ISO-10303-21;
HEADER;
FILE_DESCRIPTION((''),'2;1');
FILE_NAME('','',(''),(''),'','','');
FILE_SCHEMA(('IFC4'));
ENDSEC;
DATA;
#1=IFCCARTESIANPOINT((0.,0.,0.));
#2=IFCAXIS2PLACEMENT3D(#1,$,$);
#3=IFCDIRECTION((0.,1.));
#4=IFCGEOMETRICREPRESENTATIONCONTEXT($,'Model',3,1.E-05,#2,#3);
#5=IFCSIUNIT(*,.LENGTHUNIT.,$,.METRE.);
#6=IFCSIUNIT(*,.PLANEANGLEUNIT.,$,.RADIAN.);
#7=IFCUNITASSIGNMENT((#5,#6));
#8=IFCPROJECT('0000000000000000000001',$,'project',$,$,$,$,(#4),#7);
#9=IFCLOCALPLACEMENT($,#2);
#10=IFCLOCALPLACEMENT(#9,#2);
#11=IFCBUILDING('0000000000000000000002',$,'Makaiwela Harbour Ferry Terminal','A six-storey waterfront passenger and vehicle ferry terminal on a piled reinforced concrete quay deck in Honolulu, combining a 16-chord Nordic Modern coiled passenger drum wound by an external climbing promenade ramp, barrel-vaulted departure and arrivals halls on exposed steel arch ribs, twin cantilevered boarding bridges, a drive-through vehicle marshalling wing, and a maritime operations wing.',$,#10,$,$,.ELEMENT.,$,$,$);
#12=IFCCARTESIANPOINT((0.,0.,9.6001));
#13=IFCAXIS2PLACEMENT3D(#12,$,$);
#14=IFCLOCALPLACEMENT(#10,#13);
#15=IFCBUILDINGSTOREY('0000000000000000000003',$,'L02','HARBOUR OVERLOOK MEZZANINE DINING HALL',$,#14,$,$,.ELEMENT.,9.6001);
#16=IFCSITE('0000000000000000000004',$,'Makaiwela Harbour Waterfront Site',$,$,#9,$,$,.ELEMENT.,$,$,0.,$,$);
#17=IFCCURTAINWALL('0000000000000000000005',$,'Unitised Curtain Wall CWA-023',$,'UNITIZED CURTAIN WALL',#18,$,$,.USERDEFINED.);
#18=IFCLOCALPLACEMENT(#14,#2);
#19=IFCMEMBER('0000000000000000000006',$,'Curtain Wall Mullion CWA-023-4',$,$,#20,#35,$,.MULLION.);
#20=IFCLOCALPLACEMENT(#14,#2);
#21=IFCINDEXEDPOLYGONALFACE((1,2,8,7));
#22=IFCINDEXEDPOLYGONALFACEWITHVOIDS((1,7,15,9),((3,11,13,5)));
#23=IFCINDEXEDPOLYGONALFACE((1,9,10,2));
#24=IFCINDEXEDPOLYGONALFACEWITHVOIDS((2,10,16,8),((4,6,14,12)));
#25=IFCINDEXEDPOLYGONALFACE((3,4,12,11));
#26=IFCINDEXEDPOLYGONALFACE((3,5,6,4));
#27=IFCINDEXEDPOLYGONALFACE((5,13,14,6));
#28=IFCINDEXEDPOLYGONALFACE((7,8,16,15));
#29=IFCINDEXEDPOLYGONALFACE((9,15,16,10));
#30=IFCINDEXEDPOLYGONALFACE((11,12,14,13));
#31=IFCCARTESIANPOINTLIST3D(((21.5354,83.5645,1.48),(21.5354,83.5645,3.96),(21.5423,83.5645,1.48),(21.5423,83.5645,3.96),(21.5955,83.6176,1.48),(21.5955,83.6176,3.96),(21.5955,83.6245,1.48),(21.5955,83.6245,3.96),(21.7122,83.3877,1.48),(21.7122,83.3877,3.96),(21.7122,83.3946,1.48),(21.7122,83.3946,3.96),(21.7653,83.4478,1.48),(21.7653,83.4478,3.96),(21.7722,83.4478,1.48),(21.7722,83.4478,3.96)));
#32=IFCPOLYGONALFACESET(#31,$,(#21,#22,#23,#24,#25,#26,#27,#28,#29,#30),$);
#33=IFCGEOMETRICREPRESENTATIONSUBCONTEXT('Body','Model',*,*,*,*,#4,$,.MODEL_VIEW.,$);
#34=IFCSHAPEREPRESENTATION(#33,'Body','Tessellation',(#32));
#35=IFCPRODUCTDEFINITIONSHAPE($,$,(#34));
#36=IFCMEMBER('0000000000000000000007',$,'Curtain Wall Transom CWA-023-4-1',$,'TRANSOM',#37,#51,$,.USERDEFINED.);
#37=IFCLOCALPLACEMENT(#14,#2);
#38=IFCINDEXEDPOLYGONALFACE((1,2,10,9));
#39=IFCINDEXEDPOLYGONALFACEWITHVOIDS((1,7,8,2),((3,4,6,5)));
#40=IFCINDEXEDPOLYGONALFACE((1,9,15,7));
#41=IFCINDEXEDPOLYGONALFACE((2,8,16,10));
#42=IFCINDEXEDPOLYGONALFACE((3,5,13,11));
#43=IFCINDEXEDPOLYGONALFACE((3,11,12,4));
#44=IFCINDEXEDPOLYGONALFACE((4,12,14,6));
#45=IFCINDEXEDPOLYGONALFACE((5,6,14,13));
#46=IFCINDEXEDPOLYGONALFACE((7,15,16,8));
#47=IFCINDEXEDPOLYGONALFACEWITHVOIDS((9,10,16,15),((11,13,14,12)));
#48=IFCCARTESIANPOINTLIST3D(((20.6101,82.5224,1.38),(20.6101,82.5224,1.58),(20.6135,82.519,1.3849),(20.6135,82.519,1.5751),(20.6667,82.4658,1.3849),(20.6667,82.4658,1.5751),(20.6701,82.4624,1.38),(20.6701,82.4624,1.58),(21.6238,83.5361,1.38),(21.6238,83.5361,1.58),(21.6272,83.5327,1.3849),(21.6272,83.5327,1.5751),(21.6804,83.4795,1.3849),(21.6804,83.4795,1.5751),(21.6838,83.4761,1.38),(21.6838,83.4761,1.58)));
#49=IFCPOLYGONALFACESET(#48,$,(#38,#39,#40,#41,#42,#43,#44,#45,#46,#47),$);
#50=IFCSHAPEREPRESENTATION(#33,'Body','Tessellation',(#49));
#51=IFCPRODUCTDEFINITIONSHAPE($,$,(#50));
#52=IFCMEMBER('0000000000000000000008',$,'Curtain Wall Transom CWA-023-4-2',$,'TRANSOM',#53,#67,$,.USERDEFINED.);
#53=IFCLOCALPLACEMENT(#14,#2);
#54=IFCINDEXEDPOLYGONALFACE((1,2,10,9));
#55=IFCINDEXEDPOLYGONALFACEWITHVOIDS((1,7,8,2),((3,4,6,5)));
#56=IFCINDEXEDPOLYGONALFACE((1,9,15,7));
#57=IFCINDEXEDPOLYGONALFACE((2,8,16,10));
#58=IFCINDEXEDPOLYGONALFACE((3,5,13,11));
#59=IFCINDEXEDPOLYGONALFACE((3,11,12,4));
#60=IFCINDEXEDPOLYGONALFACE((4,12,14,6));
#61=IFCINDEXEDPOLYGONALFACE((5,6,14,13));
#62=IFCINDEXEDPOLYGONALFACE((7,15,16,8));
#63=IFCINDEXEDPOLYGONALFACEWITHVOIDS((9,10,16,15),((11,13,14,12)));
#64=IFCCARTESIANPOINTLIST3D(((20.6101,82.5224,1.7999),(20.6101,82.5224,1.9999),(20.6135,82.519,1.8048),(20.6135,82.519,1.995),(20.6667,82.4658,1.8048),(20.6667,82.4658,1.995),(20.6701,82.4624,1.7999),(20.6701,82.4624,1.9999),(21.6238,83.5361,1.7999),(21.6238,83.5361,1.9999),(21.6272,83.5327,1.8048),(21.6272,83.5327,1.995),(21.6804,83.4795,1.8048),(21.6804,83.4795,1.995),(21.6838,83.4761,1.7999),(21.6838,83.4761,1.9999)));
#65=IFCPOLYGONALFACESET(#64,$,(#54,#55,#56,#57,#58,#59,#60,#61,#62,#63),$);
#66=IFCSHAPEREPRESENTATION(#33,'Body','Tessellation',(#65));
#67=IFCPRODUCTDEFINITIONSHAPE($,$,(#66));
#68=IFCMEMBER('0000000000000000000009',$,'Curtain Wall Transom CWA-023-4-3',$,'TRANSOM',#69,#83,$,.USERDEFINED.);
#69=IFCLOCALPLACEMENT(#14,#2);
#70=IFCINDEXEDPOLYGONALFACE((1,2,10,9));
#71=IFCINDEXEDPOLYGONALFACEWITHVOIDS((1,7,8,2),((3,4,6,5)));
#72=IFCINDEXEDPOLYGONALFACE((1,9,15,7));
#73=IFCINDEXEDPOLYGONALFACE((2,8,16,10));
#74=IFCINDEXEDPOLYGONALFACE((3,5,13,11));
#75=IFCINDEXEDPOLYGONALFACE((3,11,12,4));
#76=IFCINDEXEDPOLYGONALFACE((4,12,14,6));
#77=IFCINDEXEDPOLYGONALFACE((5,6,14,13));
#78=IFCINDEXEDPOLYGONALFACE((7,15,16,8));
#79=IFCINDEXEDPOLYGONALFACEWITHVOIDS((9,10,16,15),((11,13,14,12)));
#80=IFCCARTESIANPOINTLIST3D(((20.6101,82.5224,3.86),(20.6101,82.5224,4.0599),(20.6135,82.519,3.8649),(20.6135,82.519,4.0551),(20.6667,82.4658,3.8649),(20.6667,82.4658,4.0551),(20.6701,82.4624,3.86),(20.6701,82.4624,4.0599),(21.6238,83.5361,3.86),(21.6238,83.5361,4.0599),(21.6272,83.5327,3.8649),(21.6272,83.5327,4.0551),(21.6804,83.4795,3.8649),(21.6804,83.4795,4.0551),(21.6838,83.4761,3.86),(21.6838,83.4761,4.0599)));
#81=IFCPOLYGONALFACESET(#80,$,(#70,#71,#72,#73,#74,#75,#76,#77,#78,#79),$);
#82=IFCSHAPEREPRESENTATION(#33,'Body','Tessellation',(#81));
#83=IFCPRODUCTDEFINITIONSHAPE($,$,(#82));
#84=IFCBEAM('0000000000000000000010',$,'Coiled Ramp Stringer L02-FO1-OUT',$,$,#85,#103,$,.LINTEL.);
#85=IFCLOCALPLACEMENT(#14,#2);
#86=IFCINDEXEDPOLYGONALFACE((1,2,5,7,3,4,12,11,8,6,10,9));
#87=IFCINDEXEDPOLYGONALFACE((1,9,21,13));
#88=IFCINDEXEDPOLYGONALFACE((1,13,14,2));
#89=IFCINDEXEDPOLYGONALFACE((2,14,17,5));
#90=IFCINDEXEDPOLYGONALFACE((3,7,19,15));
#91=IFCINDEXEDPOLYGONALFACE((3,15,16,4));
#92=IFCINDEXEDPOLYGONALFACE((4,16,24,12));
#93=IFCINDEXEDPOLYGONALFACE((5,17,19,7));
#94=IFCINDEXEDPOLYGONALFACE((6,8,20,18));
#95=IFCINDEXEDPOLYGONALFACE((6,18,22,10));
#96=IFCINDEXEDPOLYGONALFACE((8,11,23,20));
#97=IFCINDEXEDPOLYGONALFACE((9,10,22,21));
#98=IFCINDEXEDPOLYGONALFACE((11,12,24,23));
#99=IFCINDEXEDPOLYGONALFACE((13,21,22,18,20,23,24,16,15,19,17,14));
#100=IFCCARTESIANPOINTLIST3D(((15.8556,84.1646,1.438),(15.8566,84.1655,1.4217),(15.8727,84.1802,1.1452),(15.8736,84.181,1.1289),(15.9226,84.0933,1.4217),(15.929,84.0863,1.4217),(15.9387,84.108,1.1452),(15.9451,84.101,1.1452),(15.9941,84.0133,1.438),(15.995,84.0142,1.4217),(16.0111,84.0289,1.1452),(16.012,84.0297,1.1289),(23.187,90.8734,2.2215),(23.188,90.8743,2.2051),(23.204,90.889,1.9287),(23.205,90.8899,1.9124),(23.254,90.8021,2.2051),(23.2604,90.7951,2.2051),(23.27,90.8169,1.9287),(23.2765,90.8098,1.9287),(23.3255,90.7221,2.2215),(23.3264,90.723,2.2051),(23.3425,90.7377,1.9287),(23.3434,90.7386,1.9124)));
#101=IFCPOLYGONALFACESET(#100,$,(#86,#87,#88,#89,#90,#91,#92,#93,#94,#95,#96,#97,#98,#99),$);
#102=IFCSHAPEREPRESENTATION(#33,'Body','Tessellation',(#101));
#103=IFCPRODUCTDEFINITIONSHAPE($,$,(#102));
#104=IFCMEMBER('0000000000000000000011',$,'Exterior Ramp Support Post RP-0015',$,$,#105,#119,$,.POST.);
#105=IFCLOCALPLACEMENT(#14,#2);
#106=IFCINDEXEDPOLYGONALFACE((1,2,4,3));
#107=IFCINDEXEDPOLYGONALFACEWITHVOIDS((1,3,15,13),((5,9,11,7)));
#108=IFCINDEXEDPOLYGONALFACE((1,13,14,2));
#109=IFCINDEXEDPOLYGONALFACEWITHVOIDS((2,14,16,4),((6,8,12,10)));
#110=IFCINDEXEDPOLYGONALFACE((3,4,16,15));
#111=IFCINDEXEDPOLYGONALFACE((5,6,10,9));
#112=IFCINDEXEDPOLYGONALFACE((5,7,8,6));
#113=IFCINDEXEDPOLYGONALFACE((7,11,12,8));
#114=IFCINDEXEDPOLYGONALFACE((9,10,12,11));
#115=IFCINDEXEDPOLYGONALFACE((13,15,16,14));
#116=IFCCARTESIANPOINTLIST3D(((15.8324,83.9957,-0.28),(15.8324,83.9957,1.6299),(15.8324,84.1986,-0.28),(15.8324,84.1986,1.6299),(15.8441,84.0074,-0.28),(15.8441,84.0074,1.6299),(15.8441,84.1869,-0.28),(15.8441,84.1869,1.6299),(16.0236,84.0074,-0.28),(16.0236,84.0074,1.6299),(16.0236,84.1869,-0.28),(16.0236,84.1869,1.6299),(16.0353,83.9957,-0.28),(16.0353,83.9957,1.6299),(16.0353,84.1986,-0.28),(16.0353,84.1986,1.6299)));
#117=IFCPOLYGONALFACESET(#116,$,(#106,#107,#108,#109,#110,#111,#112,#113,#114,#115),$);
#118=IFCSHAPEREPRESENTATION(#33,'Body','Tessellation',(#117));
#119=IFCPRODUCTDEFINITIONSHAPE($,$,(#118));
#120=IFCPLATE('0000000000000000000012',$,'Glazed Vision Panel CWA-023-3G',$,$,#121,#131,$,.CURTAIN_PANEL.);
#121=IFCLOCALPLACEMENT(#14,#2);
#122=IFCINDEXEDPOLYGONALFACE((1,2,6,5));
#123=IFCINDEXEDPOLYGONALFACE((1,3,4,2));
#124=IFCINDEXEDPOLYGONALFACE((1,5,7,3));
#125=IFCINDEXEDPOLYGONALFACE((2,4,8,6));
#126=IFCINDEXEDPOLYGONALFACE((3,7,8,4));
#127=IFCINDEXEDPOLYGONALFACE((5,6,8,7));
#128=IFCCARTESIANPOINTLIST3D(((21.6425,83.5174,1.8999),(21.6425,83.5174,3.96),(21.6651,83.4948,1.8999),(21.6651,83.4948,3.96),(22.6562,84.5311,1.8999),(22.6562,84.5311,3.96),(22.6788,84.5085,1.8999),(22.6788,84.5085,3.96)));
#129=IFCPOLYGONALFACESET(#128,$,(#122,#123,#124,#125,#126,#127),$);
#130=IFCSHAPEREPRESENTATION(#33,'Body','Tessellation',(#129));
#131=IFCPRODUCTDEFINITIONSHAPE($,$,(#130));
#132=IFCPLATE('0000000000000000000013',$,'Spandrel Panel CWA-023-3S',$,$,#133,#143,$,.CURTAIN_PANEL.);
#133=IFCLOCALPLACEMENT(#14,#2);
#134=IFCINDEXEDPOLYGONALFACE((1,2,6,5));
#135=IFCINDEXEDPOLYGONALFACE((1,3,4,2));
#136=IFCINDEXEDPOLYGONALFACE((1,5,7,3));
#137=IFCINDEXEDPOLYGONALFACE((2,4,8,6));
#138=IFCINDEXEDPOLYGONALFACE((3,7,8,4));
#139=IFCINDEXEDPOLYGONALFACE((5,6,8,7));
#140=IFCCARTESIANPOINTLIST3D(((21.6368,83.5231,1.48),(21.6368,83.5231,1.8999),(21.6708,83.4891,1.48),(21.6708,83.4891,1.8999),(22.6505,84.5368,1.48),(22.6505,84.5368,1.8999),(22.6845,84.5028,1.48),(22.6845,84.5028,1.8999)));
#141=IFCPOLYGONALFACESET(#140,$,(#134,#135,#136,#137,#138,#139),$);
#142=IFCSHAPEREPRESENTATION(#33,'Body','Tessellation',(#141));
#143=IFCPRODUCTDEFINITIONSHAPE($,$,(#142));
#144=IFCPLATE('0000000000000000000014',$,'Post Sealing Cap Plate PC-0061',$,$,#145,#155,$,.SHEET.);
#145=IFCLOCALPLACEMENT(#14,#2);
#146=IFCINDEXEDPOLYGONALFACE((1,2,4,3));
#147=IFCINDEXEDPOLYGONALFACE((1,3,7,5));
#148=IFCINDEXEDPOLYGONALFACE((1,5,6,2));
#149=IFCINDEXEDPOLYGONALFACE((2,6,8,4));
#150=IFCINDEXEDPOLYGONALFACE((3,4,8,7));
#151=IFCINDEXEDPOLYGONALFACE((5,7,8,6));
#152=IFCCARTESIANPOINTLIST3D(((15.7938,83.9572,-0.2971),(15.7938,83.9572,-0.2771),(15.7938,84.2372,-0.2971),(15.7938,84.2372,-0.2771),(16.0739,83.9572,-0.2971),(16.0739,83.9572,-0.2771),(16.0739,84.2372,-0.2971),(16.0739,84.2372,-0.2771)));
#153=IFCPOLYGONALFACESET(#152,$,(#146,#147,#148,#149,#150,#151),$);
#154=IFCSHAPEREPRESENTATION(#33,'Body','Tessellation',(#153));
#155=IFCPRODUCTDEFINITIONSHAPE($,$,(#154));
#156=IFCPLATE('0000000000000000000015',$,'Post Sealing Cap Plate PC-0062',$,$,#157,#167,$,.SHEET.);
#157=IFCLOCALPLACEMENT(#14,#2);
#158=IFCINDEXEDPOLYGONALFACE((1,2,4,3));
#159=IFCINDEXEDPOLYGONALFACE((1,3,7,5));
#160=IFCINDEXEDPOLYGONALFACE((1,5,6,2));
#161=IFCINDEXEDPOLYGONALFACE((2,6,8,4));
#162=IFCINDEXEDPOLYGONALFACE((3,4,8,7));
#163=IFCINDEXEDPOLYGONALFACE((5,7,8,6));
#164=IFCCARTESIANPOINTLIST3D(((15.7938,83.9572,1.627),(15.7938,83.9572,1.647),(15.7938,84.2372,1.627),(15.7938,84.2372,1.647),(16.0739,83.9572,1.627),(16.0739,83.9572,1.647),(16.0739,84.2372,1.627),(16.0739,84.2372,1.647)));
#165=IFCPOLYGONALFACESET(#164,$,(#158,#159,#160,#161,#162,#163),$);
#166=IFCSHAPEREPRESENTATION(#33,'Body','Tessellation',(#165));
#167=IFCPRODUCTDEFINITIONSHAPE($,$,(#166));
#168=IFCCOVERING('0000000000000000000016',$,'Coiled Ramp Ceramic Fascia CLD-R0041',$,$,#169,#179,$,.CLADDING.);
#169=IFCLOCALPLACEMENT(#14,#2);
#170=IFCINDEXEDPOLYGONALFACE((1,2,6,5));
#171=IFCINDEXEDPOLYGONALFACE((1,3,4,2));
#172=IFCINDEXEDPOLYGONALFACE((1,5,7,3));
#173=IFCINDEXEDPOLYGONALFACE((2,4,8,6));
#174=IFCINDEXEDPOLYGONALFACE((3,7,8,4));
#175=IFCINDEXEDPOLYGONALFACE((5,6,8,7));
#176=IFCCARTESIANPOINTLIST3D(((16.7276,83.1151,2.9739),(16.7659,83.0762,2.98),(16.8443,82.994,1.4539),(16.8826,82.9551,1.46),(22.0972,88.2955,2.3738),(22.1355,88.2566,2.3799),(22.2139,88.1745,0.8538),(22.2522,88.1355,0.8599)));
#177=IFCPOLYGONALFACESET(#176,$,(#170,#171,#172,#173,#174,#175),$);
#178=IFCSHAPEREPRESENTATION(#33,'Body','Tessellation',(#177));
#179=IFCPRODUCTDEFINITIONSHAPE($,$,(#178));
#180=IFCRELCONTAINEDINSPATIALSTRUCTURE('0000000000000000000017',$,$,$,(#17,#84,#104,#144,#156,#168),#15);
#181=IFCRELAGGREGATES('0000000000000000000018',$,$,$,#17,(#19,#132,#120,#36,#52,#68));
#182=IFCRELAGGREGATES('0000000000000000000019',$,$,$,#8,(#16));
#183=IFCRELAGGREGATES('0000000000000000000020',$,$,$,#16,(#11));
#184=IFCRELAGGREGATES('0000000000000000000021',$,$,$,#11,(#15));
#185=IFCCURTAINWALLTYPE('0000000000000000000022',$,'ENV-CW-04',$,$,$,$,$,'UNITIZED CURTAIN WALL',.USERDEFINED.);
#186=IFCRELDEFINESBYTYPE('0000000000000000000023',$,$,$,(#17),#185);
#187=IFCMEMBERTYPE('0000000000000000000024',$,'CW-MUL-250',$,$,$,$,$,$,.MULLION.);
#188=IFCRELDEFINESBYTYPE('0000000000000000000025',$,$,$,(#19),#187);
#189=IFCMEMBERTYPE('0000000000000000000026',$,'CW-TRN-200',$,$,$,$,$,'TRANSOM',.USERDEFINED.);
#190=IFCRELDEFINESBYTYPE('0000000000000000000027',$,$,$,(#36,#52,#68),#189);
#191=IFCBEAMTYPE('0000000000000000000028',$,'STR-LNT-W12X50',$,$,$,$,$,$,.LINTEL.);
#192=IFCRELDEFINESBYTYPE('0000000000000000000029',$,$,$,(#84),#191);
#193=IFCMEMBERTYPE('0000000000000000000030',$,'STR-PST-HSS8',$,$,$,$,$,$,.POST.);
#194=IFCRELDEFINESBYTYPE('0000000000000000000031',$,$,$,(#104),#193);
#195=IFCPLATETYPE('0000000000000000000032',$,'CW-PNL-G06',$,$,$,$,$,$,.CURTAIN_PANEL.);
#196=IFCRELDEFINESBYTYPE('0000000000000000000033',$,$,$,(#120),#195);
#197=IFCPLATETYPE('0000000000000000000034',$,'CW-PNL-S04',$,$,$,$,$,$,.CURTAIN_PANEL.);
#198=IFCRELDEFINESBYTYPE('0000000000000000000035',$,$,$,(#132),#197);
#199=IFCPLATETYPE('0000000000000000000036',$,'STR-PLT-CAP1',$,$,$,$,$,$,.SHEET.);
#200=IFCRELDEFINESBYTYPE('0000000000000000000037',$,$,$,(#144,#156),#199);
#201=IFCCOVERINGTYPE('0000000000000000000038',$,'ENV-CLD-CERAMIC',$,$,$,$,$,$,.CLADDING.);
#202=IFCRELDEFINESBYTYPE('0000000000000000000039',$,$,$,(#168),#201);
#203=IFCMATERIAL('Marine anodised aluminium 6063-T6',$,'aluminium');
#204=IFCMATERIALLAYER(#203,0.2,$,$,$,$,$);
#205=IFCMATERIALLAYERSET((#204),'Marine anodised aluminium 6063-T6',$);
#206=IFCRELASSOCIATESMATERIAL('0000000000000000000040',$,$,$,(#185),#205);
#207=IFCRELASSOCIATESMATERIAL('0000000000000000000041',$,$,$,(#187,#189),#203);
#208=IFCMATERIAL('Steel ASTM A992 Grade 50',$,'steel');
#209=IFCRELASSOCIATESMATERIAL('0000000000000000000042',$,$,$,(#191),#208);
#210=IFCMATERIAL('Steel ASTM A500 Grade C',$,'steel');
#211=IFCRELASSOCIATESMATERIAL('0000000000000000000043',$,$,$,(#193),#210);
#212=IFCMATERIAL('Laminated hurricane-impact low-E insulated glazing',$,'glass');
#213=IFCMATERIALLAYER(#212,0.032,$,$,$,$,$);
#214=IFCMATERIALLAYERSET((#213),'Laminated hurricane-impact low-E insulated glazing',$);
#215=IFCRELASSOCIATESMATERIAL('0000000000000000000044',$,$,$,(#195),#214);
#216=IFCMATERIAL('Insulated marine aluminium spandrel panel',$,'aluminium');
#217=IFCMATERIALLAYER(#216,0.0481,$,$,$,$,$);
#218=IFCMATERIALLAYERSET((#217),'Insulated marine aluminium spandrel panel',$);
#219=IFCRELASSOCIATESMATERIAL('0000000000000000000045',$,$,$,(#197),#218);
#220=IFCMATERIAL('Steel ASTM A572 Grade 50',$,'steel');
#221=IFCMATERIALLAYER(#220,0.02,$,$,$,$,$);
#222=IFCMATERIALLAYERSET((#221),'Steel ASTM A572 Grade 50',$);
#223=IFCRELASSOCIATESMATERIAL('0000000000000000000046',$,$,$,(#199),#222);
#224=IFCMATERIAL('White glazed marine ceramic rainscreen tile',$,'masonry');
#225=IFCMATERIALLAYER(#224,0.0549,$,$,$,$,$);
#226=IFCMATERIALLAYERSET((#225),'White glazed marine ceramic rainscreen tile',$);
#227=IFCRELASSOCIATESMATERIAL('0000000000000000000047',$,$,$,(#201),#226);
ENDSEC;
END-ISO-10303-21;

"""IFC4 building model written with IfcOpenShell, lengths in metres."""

from ifc_helpers import new_model, si_unit, direction, frame, origin, origin_2d, place, context, subcontext, project, spatial, polyline, rectangle, hollow_rectangle, i_section, outline, extrude, material, layer, layer_set, material_profile, profile_set, type_object, element, aggregate, save


model = new_model("IFC4")

# Units and contexts
model_context = context("Model", 3, precision=1e-05, world=origin(), true_north=direction((0.0, 1.0)))
body_context = subcontext(model_context, "Body", "Model", "MODEL_VIEW")
ifc_project = project(units=[si_unit("LENGTHUNIT", "METRE"), si_unit("PLANEANGLEUNIT", "RADIAN")], contexts=[model_context])

# Site, building, storey
site_placement = place(None, origin())
site = spatial("IfcSite", under=ifc_project, at=site_placement, Name="Makaiwela Harbour Waterfront Site", CompositionType="ELEMENT", RefElevation=0.0)
building_placement = place(site_placement, origin())
building = spatial("IfcBuilding", under=site, at=building_placement, Name="Makaiwela Harbour Ferry Terminal", Description="A six-storey waterfront passenger and vehicle ferry terminal on a piled reinforced concrete quay deck in Honolulu, combining a 16-chord Nordic Modern coiled passenger drum wound by an external climbing promenade ramp, barrel-vaulted departure and arrivals halls on exposed steel arch ribs, twin cantilevered boarding bridges, a drive-through vehicle marshalling wing, and a maritime operations wing.", CompositionType="ELEMENT")
storey_placement = place(building_placement, frame((0.0, 0.0, 9.6001)))
storey = spatial("IfcBuildingStorey", under=building, at=storey_placement, Name="L02", Description="HARBOUR OVERLOOK MEZZANINE DINING HALL", CompositionType="ELEMENT", Elevation=9.6001)

# Curtain wall, members
ifc_material_1 = material(Name="Marine anodised aluminium 6063-T6", Category="aluminium")
ifc_layer_1 = layer(ifc_material_1, 0.2)
ifc_layer_set_1 = layer_set([ifc_layer_1], Name="Marine anodised aluminium 6063-T6")
curtain_wall_type = type_object("IfcCurtainWallType", Name="ENV-CW-04", ElementType="UNITIZED CURTAIN WALL", PredefinedType="USERDEFINED", material=ifc_layer_set_1)
curtain_wall_placement = place(storey_placement, origin())
curtain_wall = element("IfcCurtainWall", 1, at=curtain_wall_placement, inside=storey, type_object=curtain_wall_type, Name="Unitised Curtain Wall CWA-023", ObjectType="UNITIZED CURTAIN WALL", PredefinedType="USERDEFINED")
ifc_material_profile_1 = material_profile(ifc_material_1, hollow_rectangle(XDim=0.085, YDim=0.25, WallThickness=0.0049, at=origin_2d()), Name="CWM-250X85")
ifc_profile_set_1 = profile_set([ifc_material_profile_1], Name="Marine anodised aluminium 6063-T6")
member_type_1 = type_object("IfcMemberType", Name="CW-MUL-250", PredefinedType="MULLION", material=ifc_profile_set_1)
member_1_placement = place(storey_placement, frame((21.6538, 83.5061, 1.48), z_axis=(0.0, 0.0, 1.0), x_axis=(0.707107, 0.707107, 0.0)))
member_1 = element("IfcMember", 2, at=member_1_placement, type_object=member_type_1, Name="Curtain Wall Mullion CWA-023-4", PredefinedType="MULLION", context=body_context, shape_type="SweptSolid", body=[
    extrude(hollow_rectangle(XDim=0.085, YDim=0.25, WallThickness=0.0049, at=origin_2d()), origin(), (0.0, 0.0, 1.0), 2.48),
])
ifc_material_profile_2 = material_profile(ifc_material_1, hollow_rectangle(XDim=0.085, YDim=0.2, WallThickness=0.0049, at=origin_2d()), Name="CWT-200X85")
ifc_profile_set_2 = profile_set([ifc_material_profile_2], Name="Marine anodised aluminium 6063-T6")
member_type_2 = type_object("IfcMemberType", Name="CW-TRN-200", ElementType="TRANSOM", PredefinedType="USERDEFINED", material=ifc_profile_set_2)
member_2_placement = place(storey_placement, frame((21.6538, 83.5061, 1.48), z_axis=(-0.707107, -0.707107, 0.0), x_axis=(0.707107, -0.707107, 0.0)))
member_2 = element("IfcMember", 3, at=member_2_placement, type_object=member_type_2, Name="Curtain Wall Transom CWA-023-4-1", ObjectType="TRANSOM", PredefinedType="USERDEFINED", context=body_context, shape_type="SweptSolid", body=[
    extrude(hollow_rectangle(XDim=0.085, YDim=0.2, WallThickness=0.0049, at=origin_2d()), origin(), (0.0, 0.0, 1.0), 1.4336),
])
member_3_placement = place(storey_placement, frame((21.6538, 83.5061, 1.8999), z_axis=(-0.707107, -0.707107, 0.0), x_axis=(0.707107, -0.707107, 0.0)))
member_3 = element("IfcMember", 4, at=member_3_placement, type_object=member_type_2, Name="Curtain Wall Transom CWA-023-4-2", ObjectType="TRANSOM", PredefinedType="USERDEFINED", context=body_context, shape_type="SweptSolid", body=[
    extrude(hollow_rectangle(XDim=0.085, YDim=0.2, WallThickness=0.0049, at=origin_2d()), origin(), (0.0, 0.0, 1.0), 1.4336),
])
member_4_placement = place(storey_placement, frame((21.6538, 83.5061, 3.96), z_axis=(-0.707107, -0.707107, 0.0), x_axis=(0.707107, -0.707107, 0.0)))
member_4 = element("IfcMember", 5, at=member_4_placement, type_object=member_type_2, Name="Curtain Wall Transom CWA-023-4-3", ObjectType="TRANSOM", PredefinedType="USERDEFINED", context=body_context, shape_type="SweptSolid", body=[
    extrude(hollow_rectangle(XDim=0.085, YDim=0.2, WallThickness=0.0049, at=origin_2d()), origin(), (0.0, 0.0, 1.0), 1.4336),
])

# Beam
ifc_material_2 = material(Name="Steel ASTM A992 Grade 50", Category="steel")
ifc_material_profile_3 = material_profile(ifc_material_2, i_section(OverallWidth=0.2051, OverallDepth=0.3101, WebThickness=0.0095, FlangeThickness=0.0164, at=origin_2d()), Name="W12X50")
ifc_profile_set_3 = profile_set([ifc_material_profile_3], Name="Steel ASTM A992 Grade 50")
beam_type = type_object("IfcBeamType", Name="STR-LNT-W12X50", PredefinedType="LINTEL", material=ifc_profile_set_3)
beam_placement = place(storey_placement, frame((15.9338, 84.0972, 1.2834), z_axis=(0.735454, 0.673001, 0.078593), x_axis=(-0.675089, 0.737736, 0.0)))
element("IfcBeam", 6, at=beam_placement, inside=storey, type_object=beam_type, Name="Coiled Ramp Stringer L02-FO1-OUT", PredefinedType="LINTEL", context=body_context, shape_type="SweptSolid", body=[
    extrude(i_section(OverallWidth=0.2051, OverallDepth=0.3101, WebThickness=0.0095, FlangeThickness=0.0164, at=origin_2d()), origin(), (0.0, 0.0, 1.0), 9.9685),
])

# Member
ifc_material_3 = material(Name="Steel ASTM A500 Grade C", Category="steel")
ifc_material_profile_4 = material_profile(ifc_material_3, hollow_rectangle(XDim=0.2029, YDim=0.2029, WallThickness=0.0117, at=origin_2d()), Name="HSS8X8X1/2")
ifc_profile_set_4 = profile_set([ifc_material_profile_4], Name="Steel ASTM A500 Grade C")
member_type_3 = type_object("IfcMemberType", Name="STR-PST-HSS8", PredefinedType="POST", material=ifc_profile_set_4)
member_5_placement = place(storey_placement, frame((15.9338, 84.0972, -0.28), z_axis=(0.0, 0.0, 1.0), x_axis=(1.0, 0.0, 0.0)))
element("IfcMember", 7, at=member_5_placement, inside=storey, type_object=member_type_3, Name="Exterior Ramp Support Post RP-0015", PredefinedType="POST", context=body_context, shape_type="SweptSolid", body=[
    extrude(hollow_rectangle(XDim=0.2029, YDim=0.2029, WallThickness=0.0117, at=origin_2d()), origin(), (0.0, 0.0, 1.0), 1.9099),
])

# Plates
ifc_material_4 = material(Name="Laminated hurricane-impact low-E insulated glazing", Category="glass")
ifc_layer_2 = layer(ifc_material_4, 0.032)
ifc_layer_set_2 = layer_set([ifc_layer_2], Name="Laminated hurricane-impact low-E insulated glazing")
plate_type_1 = type_object("IfcPlateType", Name="CW-PNL-G06", PredefinedType="CURTAIN_PANEL", material=ifc_layer_set_2)
plate_1_placement = place(storey_placement, frame((22.1606, 84.0129, 1.8999), z_axis=(0.0, 0.0, 1.0), x_axis=(-0.707107, -0.707107, 0.0)))
plate_1 = element("IfcPlate", 8, at=plate_1_placement, type_object=plate_type_1, Name="Glazed Vision Panel CWA-023-3G", PredefinedType="CURTAIN_PANEL", context=body_context, shape_type="SweptSolid", body=[
    extrude(rectangle(XDim=1.4336, YDim=0.032, at=origin_2d()), origin(), (0.0, 0.0, 1.0), 2.0601),
])
ifc_material_5 = material(Name="Insulated marine aluminium spandrel panel", Category="aluminium")
ifc_layer_3 = layer(ifc_material_5, 0.0481)
ifc_layer_set_3 = layer_set([ifc_layer_3], Name="Insulated marine aluminium spandrel panel")
plate_type_2 = type_object("IfcPlateType", Name="CW-PNL-S04", PredefinedType="CURTAIN_PANEL", material=ifc_layer_set_3)
plate_2_placement = place(storey_placement, frame((22.1606, 84.0129, 1.48), z_axis=(0.0, 0.0, 1.0), x_axis=(-0.707107, -0.707107, 0.0)))
plate_2 = element("IfcPlate", 9, at=plate_2_placement, type_object=plate_type_2, Name="Spandrel Panel CWA-023-3S", PredefinedType="CURTAIN_PANEL", context=body_context, shape_type="SweptSolid", body=[
    extrude(rectangle(XDim=1.4336, YDim=0.0481, at=origin_2d()), origin(), (0.0, 0.0, 1.0), 0.4199),
])
aggregate(curtain_wall, [member_1, plate_2, plate_1, member_2, member_3, member_4])

# Plates
ifc_material_6 = material(Name="Steel ASTM A572 Grade 50", Category="steel")
ifc_layer_4 = layer(ifc_material_6, 0.02)
ifc_layer_set_4 = layer_set([ifc_layer_4], Name="Steel ASTM A572 Grade 50")
plate_type_3 = type_object("IfcPlateType", Name="STR-PLT-CAP1", PredefinedType="SHEET", material=ifc_layer_set_4)
for number, where, z_axis, x_axis, name in (
    (10, (15.9338, 84.0972, -0.2971), (0.0, 0.0, 1.0), (1.0, 0.0, 0.0), "Post Sealing Cap Plate PC-0061"),
    (11, (15.9338, 84.0972, 1.627), (0.0, 0.0, 1.0), (1.0, 0.0, 0.0), "Post Sealing Cap Plate PC-0062"),
):
    element("IfcPlate", number, at=place(storey_placement, frame(where, z_axis=z_axis, x_axis=x_axis)), inside=storey, type_object=plate_type_3, Name=name, PredefinedType="SHEET", context=body_context, shape_type="SweptSolid", body=[
        extrude(rectangle(XDim=0.28, YDim=0.28, at=origin_2d()), origin(), (0.0, 0.0, 1.0), 0.02),
    ])

# Covering
ifc_material_7 = material(Name="White glazed marine ceramic rainscreen tile", Category="masonry")
ifc_layer_5 = layer(ifc_material_7, 0.0549)
ifc_layer_set_5 = layer_set([ifc_layer_5], Name="White glazed marine ceramic rainscreen tile")
covering_type = type_object("IfcCoveringType", Name="ENV-CLD-CERAMIC", PredefinedType="CLADDING", material=ifc_layer_set_5)
covering_1_placement = place(storey_placement, frame((22.2522, 88.1355, 0.8599), z_axis=(0.696441, -0.709139, 0.109963), x_axis=(-0.717356, -0.692079, 0.08017)))
element("IfcCovering", 12, at=covering_1_placement, inside=storey, type_object=covering_type, Name="Coiled Ramp Ceramic Fascia CLD-R0041", PredefinedType="CLADDING", context=body_context, shape_type="SweptSolid", body=[
    extrude(outline(polyline([(0.0, 0.0), (7.4853, 0.0), (7.6071, -1.5244), (0.1218, -1.5244), (0.0, 0.0)])), origin(), (0.0, 0.0, -1.0), 0.0549),
])

save(model, "model.ifc")
